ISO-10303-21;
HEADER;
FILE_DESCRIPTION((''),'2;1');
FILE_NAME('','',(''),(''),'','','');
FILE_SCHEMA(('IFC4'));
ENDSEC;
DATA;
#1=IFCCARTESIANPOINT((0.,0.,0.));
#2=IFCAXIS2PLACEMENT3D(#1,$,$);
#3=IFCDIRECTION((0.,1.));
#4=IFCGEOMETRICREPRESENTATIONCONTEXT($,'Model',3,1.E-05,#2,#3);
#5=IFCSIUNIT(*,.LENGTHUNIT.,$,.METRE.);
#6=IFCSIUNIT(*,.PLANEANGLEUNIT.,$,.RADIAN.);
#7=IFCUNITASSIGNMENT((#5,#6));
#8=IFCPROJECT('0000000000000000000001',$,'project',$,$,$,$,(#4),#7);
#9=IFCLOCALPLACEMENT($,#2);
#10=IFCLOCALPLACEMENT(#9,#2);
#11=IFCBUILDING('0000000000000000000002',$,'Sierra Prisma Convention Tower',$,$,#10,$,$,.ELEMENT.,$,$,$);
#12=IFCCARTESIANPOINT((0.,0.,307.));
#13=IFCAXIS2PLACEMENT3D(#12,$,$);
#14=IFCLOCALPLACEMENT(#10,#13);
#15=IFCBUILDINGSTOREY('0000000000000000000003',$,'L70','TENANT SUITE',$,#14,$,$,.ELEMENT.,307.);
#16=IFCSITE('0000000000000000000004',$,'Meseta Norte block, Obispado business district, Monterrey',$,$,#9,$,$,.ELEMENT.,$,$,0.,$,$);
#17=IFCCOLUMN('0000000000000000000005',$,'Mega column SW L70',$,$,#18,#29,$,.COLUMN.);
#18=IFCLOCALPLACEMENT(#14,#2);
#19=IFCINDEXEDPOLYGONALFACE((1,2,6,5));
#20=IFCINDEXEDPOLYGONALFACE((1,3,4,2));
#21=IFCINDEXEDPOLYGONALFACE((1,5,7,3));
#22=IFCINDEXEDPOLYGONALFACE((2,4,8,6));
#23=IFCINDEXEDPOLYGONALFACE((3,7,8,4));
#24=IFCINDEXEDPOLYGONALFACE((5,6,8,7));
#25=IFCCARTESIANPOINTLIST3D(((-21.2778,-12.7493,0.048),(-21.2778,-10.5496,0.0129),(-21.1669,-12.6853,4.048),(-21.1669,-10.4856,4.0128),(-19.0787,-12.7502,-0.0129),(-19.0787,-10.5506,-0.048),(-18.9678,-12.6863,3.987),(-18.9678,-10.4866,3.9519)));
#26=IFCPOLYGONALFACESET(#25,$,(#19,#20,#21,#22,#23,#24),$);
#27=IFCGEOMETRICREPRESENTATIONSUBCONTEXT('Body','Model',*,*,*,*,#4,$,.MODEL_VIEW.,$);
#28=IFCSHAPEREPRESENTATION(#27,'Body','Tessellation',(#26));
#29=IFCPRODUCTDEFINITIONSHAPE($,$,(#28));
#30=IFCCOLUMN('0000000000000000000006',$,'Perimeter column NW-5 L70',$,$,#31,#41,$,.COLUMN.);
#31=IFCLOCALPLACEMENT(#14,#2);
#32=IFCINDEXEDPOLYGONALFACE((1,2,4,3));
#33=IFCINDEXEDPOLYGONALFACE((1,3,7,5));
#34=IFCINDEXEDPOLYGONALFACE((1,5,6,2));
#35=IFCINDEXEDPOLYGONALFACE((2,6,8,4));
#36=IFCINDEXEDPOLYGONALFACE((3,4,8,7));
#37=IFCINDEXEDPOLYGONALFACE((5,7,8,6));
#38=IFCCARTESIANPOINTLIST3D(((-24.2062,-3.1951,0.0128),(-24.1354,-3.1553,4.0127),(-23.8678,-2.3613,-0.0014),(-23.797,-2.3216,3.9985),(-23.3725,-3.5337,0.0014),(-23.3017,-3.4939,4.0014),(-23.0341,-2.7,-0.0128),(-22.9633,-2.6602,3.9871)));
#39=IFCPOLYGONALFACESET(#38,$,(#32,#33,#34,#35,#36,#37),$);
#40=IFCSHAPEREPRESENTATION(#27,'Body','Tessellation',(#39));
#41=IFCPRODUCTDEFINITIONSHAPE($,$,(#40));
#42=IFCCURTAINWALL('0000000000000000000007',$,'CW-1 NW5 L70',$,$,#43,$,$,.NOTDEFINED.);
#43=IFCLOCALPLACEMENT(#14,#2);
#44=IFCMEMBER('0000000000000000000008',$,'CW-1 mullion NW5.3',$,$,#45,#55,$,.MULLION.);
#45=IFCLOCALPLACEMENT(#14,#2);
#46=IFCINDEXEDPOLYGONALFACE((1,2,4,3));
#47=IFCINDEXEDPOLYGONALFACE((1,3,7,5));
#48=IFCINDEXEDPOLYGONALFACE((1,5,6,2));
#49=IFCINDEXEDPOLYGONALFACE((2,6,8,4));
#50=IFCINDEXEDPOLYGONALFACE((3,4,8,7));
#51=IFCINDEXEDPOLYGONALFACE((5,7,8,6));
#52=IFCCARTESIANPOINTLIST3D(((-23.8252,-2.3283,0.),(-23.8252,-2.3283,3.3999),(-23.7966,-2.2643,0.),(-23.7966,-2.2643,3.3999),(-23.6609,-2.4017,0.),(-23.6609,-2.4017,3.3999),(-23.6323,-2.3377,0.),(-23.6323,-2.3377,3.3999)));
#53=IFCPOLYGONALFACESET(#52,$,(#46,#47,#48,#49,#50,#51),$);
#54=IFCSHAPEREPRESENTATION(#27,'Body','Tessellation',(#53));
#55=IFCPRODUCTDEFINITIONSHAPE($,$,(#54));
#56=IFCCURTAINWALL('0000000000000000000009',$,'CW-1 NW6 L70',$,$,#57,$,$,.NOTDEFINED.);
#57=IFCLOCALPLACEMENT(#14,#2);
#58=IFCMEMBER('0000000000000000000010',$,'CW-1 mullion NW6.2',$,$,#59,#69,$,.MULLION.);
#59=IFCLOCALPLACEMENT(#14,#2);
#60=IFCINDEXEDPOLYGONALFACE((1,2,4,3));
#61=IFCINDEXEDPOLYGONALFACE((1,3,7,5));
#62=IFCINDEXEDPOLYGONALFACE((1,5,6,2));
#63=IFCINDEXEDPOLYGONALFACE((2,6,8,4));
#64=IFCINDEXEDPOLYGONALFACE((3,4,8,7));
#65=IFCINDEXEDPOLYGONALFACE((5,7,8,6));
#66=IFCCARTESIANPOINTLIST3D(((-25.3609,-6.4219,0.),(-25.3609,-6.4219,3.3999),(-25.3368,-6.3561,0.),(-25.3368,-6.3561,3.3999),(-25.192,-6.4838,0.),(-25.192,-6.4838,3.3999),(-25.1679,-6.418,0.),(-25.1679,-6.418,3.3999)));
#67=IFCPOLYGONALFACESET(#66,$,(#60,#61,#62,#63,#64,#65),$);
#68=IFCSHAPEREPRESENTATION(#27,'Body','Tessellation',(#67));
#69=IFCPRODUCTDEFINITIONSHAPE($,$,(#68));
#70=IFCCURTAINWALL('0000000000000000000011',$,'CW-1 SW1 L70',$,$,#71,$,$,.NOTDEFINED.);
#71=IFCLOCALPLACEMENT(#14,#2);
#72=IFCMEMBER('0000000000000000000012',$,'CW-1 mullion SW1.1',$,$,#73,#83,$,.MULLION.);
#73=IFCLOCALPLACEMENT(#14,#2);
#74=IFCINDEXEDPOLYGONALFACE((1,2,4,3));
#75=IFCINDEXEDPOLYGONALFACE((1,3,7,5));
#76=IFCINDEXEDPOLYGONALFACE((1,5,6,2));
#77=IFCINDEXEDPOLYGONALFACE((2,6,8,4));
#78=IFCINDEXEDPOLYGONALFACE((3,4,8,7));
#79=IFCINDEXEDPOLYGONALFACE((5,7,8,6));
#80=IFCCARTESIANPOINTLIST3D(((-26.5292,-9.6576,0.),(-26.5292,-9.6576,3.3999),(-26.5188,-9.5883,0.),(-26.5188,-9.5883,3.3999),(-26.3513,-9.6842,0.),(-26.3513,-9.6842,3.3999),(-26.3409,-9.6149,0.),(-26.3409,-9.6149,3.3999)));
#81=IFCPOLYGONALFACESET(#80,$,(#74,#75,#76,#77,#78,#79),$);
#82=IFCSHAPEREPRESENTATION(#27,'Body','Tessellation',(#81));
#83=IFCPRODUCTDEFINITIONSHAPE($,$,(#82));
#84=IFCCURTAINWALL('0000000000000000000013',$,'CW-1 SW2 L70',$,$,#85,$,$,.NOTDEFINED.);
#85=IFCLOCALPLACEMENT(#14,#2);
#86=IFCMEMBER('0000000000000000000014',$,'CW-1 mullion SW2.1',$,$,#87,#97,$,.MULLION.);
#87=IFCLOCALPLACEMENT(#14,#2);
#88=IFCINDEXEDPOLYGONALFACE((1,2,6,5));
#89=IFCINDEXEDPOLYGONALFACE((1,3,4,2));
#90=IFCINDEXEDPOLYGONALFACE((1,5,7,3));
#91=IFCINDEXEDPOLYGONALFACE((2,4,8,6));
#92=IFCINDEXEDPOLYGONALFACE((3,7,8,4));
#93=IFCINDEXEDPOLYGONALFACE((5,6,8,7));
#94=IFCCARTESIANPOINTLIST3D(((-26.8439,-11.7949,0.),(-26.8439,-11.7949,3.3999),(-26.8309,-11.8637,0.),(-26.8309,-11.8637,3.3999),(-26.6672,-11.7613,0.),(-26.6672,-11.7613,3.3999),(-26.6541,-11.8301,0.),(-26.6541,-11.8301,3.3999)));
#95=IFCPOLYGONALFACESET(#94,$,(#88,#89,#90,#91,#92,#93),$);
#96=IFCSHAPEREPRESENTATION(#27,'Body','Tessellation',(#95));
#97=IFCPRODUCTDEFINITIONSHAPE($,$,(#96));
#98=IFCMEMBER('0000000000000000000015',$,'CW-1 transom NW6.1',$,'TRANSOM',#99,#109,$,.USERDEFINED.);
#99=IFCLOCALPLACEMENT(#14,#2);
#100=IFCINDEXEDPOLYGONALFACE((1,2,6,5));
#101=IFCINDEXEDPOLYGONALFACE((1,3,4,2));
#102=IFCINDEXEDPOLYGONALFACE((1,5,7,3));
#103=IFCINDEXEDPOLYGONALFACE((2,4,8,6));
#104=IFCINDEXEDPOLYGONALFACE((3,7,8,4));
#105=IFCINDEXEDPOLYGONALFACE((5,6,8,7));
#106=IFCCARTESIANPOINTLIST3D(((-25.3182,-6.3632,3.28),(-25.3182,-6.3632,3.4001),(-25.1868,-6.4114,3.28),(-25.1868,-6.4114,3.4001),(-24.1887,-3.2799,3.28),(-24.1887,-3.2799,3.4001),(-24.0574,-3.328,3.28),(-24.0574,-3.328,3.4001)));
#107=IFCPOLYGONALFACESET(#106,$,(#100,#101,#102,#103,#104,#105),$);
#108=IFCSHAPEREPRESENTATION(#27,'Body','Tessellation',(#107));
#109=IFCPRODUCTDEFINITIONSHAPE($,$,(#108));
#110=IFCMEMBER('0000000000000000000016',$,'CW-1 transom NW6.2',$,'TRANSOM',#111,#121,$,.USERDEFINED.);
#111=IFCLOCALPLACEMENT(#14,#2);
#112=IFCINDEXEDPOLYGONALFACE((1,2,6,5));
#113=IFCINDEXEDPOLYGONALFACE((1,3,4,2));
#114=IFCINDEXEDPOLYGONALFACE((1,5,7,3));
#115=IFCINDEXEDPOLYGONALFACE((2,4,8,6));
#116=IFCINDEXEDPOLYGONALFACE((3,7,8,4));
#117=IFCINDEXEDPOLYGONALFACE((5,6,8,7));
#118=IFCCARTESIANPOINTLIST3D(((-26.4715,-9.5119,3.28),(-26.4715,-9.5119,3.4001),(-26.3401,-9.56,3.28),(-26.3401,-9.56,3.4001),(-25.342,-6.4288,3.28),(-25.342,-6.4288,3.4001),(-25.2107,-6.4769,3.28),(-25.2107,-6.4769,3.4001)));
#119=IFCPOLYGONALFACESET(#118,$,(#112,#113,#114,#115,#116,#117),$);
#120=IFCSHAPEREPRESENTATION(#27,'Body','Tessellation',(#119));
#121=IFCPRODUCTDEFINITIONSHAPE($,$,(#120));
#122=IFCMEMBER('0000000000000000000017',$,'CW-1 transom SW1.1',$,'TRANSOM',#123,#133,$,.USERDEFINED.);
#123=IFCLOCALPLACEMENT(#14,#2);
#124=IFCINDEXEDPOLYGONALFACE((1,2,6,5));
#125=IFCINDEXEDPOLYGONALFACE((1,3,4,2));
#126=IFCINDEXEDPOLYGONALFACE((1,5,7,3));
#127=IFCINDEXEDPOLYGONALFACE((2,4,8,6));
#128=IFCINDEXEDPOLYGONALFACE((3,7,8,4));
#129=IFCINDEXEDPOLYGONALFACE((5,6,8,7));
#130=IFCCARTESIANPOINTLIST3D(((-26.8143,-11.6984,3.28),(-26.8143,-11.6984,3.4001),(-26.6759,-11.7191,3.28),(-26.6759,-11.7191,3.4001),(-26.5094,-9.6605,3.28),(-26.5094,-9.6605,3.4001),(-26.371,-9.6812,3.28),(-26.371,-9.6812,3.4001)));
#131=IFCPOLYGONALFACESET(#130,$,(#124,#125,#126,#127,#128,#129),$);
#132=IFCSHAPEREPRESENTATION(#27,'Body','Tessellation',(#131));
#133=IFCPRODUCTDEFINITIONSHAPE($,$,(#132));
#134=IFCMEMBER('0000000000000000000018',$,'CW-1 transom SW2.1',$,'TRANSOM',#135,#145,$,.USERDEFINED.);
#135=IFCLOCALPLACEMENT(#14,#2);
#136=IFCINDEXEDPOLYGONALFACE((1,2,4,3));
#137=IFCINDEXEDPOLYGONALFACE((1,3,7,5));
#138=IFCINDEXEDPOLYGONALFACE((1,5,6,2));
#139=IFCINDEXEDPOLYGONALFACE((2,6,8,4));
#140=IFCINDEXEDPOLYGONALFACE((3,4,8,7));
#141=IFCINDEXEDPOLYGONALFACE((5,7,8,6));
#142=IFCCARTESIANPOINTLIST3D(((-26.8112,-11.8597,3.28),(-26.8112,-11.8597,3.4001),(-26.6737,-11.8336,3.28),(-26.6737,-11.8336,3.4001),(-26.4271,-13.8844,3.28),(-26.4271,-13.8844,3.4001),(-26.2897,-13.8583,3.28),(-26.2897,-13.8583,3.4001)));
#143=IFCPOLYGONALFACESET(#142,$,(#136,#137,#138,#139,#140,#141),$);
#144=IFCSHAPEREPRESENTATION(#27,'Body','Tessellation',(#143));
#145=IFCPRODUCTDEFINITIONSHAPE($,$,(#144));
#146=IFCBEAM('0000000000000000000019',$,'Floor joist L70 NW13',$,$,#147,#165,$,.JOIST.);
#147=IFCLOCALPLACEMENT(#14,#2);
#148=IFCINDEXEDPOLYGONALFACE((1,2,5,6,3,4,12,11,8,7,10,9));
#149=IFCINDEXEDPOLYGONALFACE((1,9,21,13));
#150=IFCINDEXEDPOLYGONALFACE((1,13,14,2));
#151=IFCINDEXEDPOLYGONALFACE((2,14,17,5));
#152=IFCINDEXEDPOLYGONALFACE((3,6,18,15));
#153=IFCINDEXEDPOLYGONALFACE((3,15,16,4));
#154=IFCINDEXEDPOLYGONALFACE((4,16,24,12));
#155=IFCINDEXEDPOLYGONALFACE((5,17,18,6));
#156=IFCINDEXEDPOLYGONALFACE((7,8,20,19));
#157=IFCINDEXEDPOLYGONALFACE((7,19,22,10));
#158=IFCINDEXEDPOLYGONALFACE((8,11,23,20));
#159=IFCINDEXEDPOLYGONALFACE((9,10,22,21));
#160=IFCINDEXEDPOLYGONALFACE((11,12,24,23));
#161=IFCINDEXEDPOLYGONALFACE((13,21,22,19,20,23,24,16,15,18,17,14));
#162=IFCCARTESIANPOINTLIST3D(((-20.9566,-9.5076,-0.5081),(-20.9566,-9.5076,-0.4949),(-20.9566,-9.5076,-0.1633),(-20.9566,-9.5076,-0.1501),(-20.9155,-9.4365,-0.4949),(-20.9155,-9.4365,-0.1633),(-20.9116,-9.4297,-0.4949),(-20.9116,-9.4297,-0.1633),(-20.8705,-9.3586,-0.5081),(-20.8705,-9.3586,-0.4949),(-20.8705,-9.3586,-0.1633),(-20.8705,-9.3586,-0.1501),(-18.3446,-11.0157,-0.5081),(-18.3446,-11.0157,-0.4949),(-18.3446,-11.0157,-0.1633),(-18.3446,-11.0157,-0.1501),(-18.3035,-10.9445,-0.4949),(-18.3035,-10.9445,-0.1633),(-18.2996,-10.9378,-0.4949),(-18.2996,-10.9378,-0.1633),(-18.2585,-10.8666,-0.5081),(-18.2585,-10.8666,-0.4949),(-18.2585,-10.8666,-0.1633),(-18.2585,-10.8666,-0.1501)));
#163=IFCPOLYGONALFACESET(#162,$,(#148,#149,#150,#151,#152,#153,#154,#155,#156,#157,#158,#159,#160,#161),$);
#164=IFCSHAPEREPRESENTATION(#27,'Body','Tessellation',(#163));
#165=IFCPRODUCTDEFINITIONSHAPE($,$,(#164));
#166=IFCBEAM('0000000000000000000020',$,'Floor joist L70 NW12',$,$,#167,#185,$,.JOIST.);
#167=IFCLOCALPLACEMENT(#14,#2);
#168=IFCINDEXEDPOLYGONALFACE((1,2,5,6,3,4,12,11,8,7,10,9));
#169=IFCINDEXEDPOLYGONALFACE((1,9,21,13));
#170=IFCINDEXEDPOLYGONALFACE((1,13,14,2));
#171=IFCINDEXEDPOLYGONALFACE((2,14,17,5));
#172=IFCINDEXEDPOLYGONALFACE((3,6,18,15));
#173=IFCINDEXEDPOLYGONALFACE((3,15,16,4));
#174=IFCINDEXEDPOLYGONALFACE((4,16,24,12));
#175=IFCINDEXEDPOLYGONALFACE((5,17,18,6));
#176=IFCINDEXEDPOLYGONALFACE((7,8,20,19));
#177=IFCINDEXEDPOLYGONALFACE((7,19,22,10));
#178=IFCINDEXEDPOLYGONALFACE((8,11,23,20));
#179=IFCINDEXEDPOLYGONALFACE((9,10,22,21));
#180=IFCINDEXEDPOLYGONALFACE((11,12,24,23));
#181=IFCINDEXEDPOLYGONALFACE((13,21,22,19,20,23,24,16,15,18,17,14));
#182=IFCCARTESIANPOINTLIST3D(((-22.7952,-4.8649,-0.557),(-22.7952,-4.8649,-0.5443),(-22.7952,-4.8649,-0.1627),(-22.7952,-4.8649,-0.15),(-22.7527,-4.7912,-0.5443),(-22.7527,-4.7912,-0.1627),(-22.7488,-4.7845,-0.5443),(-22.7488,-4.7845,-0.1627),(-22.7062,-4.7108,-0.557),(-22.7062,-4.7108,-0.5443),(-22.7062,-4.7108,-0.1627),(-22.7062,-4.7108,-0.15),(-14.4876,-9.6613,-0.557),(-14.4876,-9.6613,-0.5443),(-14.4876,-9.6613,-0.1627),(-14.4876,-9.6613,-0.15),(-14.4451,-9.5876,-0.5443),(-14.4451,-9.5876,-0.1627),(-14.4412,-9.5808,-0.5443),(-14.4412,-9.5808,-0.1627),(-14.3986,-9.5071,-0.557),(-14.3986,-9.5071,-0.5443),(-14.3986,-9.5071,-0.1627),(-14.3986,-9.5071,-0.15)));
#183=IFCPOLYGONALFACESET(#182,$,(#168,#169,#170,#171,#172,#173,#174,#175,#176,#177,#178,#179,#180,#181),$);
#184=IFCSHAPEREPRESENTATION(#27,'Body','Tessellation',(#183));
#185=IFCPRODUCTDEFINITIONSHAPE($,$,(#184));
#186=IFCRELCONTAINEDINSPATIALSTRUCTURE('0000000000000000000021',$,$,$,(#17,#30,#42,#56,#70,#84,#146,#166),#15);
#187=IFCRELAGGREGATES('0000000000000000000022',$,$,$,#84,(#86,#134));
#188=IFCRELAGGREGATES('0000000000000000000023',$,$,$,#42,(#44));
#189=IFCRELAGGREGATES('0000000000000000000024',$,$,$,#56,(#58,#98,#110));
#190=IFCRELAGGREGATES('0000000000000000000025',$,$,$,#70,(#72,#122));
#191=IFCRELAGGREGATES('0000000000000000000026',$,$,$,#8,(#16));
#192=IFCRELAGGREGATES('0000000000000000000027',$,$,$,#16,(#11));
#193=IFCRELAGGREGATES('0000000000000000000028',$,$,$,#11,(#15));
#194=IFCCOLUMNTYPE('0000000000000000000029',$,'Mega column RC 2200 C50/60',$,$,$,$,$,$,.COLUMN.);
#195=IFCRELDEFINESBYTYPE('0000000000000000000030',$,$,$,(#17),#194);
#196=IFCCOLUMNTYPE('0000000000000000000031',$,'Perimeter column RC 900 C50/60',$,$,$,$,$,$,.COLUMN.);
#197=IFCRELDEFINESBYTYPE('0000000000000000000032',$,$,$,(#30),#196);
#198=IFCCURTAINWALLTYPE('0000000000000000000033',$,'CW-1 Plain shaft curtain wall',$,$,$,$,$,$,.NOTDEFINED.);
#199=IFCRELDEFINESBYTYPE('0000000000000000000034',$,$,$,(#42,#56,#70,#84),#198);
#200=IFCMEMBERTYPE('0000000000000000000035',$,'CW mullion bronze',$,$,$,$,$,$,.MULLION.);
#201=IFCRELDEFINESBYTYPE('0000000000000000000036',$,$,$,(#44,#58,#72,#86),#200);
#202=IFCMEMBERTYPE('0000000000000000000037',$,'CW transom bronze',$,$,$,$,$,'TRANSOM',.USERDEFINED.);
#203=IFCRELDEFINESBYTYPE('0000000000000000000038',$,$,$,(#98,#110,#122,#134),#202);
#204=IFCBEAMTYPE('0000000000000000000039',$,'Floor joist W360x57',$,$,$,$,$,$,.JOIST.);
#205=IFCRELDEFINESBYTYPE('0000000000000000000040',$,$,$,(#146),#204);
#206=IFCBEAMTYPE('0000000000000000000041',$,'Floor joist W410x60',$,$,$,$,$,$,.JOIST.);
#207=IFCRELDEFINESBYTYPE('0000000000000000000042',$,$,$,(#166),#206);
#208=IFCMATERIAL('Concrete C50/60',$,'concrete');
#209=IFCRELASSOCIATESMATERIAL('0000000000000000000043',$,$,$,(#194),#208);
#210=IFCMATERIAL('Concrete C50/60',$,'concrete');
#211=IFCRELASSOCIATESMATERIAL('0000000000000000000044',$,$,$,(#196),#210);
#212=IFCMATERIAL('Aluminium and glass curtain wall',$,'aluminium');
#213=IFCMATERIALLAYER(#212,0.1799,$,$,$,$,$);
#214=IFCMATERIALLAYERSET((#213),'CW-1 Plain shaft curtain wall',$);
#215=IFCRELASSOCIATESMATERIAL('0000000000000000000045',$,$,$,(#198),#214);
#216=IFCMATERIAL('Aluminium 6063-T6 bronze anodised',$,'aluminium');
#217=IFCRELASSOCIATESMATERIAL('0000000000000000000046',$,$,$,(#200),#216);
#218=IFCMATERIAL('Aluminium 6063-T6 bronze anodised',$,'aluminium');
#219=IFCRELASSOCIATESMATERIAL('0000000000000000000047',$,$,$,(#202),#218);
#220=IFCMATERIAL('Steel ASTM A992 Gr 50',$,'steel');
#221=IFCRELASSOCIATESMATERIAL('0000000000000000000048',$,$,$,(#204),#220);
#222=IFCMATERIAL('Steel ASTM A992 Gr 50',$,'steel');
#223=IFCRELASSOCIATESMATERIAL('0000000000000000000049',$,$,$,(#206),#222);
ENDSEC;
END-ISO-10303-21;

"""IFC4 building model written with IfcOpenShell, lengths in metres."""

from ifc_helpers import new_model, si_unit, direction, frame, origin, origin_2d, place, context, subcontext, project, spatial, rectangle, i_section, extrude, material, layer, layer_set, material_profile, profile_set, type_object, element, aggregate, save


model = new_model("IFC4")

# Units and contexts
model_context = context("Model", 3, precision=1e-05, world=origin(), true_north=direction((0.0, 1.0)))
body_context = subcontext(model_context, "Body", "Model", "MODEL_VIEW")
ifc_project = project(units=[si_unit("LENGTHUNIT", "METRE"), si_unit("PLANEANGLEUNIT", "RADIAN")], contexts=[model_context])

# Site, building, storey
site_placement = place(None, origin())
site = spatial("IfcSite", under=ifc_project, at=site_placement, Name="Meseta Norte block, Obispado business district, Monterrey", CompositionType="ELEMENT", RefElevation=0.0)
building_placement = place(site_placement, origin())
building = spatial("IfcBuilding", under=site, at=building_placement, Name="Sierra Prisma Convention Tower", CompositionType="ELEMENT")
storey_placement = place(building_placement, frame((0.0, 0.0, 307.0)))
storey = spatial("IfcBuildingStorey", under=building, at=storey_placement, Name="L70", Description="TENANT SUITE", CompositionType="ELEMENT", Elevation=307.0)

# Columns
ifc_material_1 = material(Name="Concrete C50/60", Category="concrete")
ifc_material_profile_1 = material_profile(ifc_material_1, rectangle(XDim=2.2, YDim=2.2, at=origin_2d()), Name="Mega column RC 2200 C50/60")
ifc_profile_set_1 = profile_set([ifc_material_profile_1], Name="Concrete C50/60")
column_type_1 = type_object("IfcColumnType", Name="Mega column RC 2200 C50/60", PredefinedType="COLUMN", material=ifc_profile_set_1)
column_1_placement = place(storey_placement, frame((-20.1782, -11.6499, 0.0), z_axis=(0.027696, 0.015983, 0.999489), x_axis=(0.999616, -0.000443, -0.027692)))
element("IfcColumn", 1, at=column_1_placement, inside=storey, type_object=column_type_1, Name="Mega column SW L70", PredefinedType="COLUMN", context=body_context, shape_type="SweptSolid", body=[
    extrude(rectangle(XDim=2.2, YDim=2.2, at=origin_2d()), origin(), (0.0, 0.0, 1.0), 4.002),
])
ifc_material_2 = material(Name="Concrete C50/60", Category="concrete")
ifc_material_profile_2 = material_profile(ifc_material_2, rectangle(XDim=0.8999, YDim=0.8999, at=origin_2d()), Name="Perimeter column RC 900 C50/60")
ifc_profile_set_2 = profile_set([ifc_material_profile_2], Name="Concrete C50/60")
column_type_2 = type_object("IfcColumnType", Name="Perimeter column RC 900 C50/60", PredefinedType="COLUMN", material=ifc_profile_set_2)
column_2_placement = place(storey_placement, frame((-23.6201, -2.9475, 0.0), z_axis=(0.017697, 0.009947, 0.999794), x_axis=(0.376065, 0.926457, -0.015873)))
element("IfcColumn", 2, at=column_2_placement, inside=storey, type_object=column_type_2, Name="Perimeter column NW-5 L70", PredefinedType="COLUMN", context=body_context, shape_type="SweptSolid", body=[
    extrude(rectangle(XDim=0.8999, YDim=0.8999, at=origin_2d()), origin(), (0.0, 0.0, 1.0), 4.0007),
])

# Curtain walls, members
ifc_material_3 = material(Name="Aluminium and glass curtain wall", Category="aluminium")
ifc_layer_1 = layer(ifc_material_3, 0.1799)
ifc_layer_set_1 = layer_set([ifc_layer_1], Name="CW-1 Plain shaft curtain wall")
curtain_wall_type = type_object("IfcCurtainWallType", Name="CW-1 Plain shaft curtain wall", PredefinedType="NOTDEFINED", material=ifc_layer_set_1)
curtain_wall_1_placement = place(storey_placement, origin())
curtain_wall_1 = element("IfcCurtainWall", 3, at=curtain_wall_1_placement, inside=storey, type_object=curtain_wall_type, Name="CW-1 NW5 L70", PredefinedType="NOTDEFINED")
ifc_material_4 = material(Name="Aluminium 6063-T6 bronze anodised", Category="aluminium")
ifc_material_profile_3 = material_profile(ifc_material_4, rectangle(XDim=0.1799, YDim=0.0701, at=origin_2d()), Name="ALU MULLION 70x180")
ifc_profile_set_3 = profile_set([ifc_material_profile_3], Name="Aluminium 6063-T6 bronze anodised")
member_type_1 = type_object("IfcMemberType", Name="CW mullion bronze", PredefinedType="MULLION", material=ifc_profile_set_3)
member_1_placement = place(storey_placement, frame((-23.7288, -2.333, 0.0), z_axis=(0.0, 0.0, 1.0), x_axis=(0.913045, -0.407858, 0.0)))
member_1 = element("IfcMember", 4, at=member_1_placement, type_object=member_type_1, Name="CW-1 mullion NW5.3", PredefinedType="MULLION", context=body_context, shape_type="SweptSolid", body=[
    extrude(rectangle(XDim=0.1799, YDim=0.0701, at=origin_2d()), origin(), (0.0, 0.0, 1.0), 3.3999),
])
curtain_wall_2_placement = place(storey_placement, origin())
curtain_wall_2 = element("IfcCurtainWall", 5, at=curtain_wall_2_placement, inside=storey, type_object=curtain_wall_type, Name="CW-1 NW6 L70", PredefinedType="NOTDEFINED")
member_2_placement = place(storey_placement, frame((-25.2644, -6.4199, 0.0), z_axis=(0.0, 0.0, 1.0), x_axis=(0.938991, -0.343942, 0.0)))
member_2 = element("IfcMember", 6, at=member_2_placement, type_object=member_type_1, Name="CW-1 mullion NW6.2", PredefinedType="MULLION", context=body_context, shape_type="SweptSolid", body=[
    extrude(rectangle(XDim=0.1799, YDim=0.0701, at=origin_2d()), origin(), (0.0, 0.0, 1.0), 3.3999),
])
curtain_wall_3_placement = place(storey_placement, origin())
curtain_wall_3 = element("IfcCurtainWall", 7, at=curtain_wall_3_placement, inside=storey, type_object=curtain_wall_type, Name="CW-1 SW1 L70", PredefinedType="NOTDEFINED")
member_3_placement = place(storey_placement, frame((-26.4351, -9.6362, 0.0), z_axis=(0.0, 0.0, 1.0), x_axis=(0.988984, -0.148026, 0.0)))
member_3 = element("IfcMember", 8, at=member_3_placement, type_object=member_type_1, Name="CW-1 mullion SW1.1", PredefinedType="MULLION", context=body_context, shape_type="SweptSolid", body=[
    extrude(rectangle(XDim=0.1799, YDim=0.0701, at=origin_2d()), origin(), (0.0, 0.0, 1.0), 3.3999),
])
curtain_wall_4_placement = place(storey_placement, origin())
curtain_wall_4 = element("IfcCurtainWall", 9, at=curtain_wall_4_placement, inside=storey, type_object=curtain_wall_type, Name="CW-1 SW2 L70", PredefinedType="NOTDEFINED")
member_4_placement = place(storey_placement, frame((-26.749, -11.8125, 0.0), z_axis=(0.0, 0.0, 1.0), x_axis=(0.982471, 0.186417, 0.0)))
member_4 = element("IfcMember", 10, at=member_4_placement, type_object=member_type_1, Name="CW-1 mullion SW2.1", PredefinedType="MULLION", context=body_context, shape_type="SweptSolid", body=[
    extrude(rectangle(XDim=0.1799, YDim=0.0701, at=origin_2d()), origin(), (0.0, 0.0, 1.0), 3.3999),
])

# Members
ifc_material_5 = material(Name="Aluminium 6063-T6 bronze anodised", Category="aluminium")
ifc_material_profile_4 = material_profile(ifc_material_5, rectangle(XDim=0.1399, YDim=0.1201, at=origin_2d()), Name="ALU TRANSOM 120x140")
ifc_profile_set_4 = profile_set([ifc_material_profile_4], Name="Aluminium 6063-T6 bronze anodised")
member_type_2 = type_object("IfcMemberType", Name="CW transom bronze", ElementType="TRANSOM", PredefinedType="USERDEFINED", material=ifc_profile_set_4)
member_5_placement = place(storey_placement, frame((-24.123, -3.304, 3.3401), z_axis=(-0.343951, -0.938988, 0.0), x_axis=(0.938988, -0.343951, 0.0)))
member_5 = element("IfcMember", 11, at=member_5_placement, type_object=member_type_2, Name="CW-1 transom NW6.1", ObjectType="TRANSOM", PredefinedType="USERDEFINED", context=body_context, shape_type="SweptSolid", body=[
    extrude(rectangle(XDim=0.1399, YDim=0.1201, at=origin_2d()), origin(), (0.0, 0.0, 1.0), 3.2837),
])
member_6_placement = place(storey_placement, frame((-25.2764, -6.4529, 3.3401), z_axis=(-0.343975, -0.938979, 0.0), x_axis=(0.938979, -0.343975, 0.0)))
member_6 = element("IfcMember", 12, at=member_6_placement, type_object=member_type_2, Name="CW-1 transom NW6.2", ObjectType="TRANSOM", PredefinedType="USERDEFINED", context=body_context, shape_type="SweptSolid", body=[
    extrude(rectangle(XDim=0.1399, YDim=0.1201, at=origin_2d()), origin(), (0.0, 0.0, 1.0), 3.2834),
])
member_7_placement = place(storey_placement, frame((-26.4402, -9.6709, 3.3401), z_axis=(-0.147987, -0.988989, 0.0), x_axis=(0.988989, -0.147987, 0.0)))
member_7 = element("IfcMember", 13, at=member_7_placement, type_object=member_type_2, Name="CW-1 transom SW1.1", ObjectType="TRANSOM", PredefinedType="USERDEFINED", context=body_context, shape_type="SweptSolid", body=[
    extrude(rectangle(XDim=0.1399, YDim=0.1201, at=origin_2d()), origin(), (0.0, 0.0, 1.0), 2.0605),
])
member_8_placement = place(storey_placement, frame((-26.7424, -11.8467, 3.3401), z_axis=(0.186355, -0.982482, 0.0), x_axis=(0.982482, 0.186355, 0.0)))
member_8 = element("IfcMember", 14, at=member_8_placement, type_object=member_type_2, Name="CW-1 transom SW2.1", ObjectType="TRANSOM", PredefinedType="USERDEFINED", context=body_context, shape_type="SweptSolid", body=[
    extrude(rectangle(XDim=0.1399, YDim=0.1201, at=origin_2d()), origin(), (0.0, 0.0, 1.0), 2.0608),
])
aggregate(curtain_wall_4, [member_4, member_8])

# Beams
ifc_material_6 = material(Name="Steel ASTM A992 Gr 50", Category="steel")
ifc_material_profile_5 = material_profile(ifc_material_6, i_section(OverallWidth=0.1721, OverallDepth=0.3579, WebThickness=0.0078, FlangeThickness=0.0132, at=origin_2d()), Name="W360x57")
ifc_profile_set_5 = profile_set([ifc_material_profile_5], Name="Steel ASTM A992 Gr 50")
beam_type_1 = type_object("IfcBeamType", Name="Floor joist W360x57", PredefinedType="JOIST", material=ifc_profile_set_5)
beam_1_placement = place(storey_placement, frame((-20.9136, -9.4331, -0.3291), z_axis=(0.866028, -0.499996, 0.0), x_axis=(0.499996, 0.866028, 0.0)))
element("IfcBeam", 15, at=beam_1_placement, inside=storey, type_object=beam_type_1, Name="Floor joist L70 NW13", PredefinedType="JOIST", context=body_context, shape_type="SweptSolid", body=[
    extrude(i_section(OverallWidth=0.1721, OverallDepth=0.3579, WebThickness=0.0078, FlangeThickness=0.0132, at=origin_2d()), origin(), (0.0, 0.0, 1.0), 3.0161),
])
ifc_material_7 = material(Name="Steel ASTM A992 Gr 50", Category="steel")
ifc_material_profile_6 = material_profile(ifc_material_7, i_section(OverallWidth=0.178, OverallDepth=0.407, WebThickness=0.0078, FlangeThickness=0.0127, at=origin_2d()), Name="W410x60")
ifc_profile_set_6 = profile_set([ifc_material_profile_6], Name="Steel ASTM A992 Gr 50")
beam_type_2 = type_object("IfcBeamType", Name="Floor joist W410x60", PredefinedType="JOIST", material=ifc_profile_set_6)
beam_2_placement = place(storey_placement, frame((-22.7507, -4.7878, -0.3535), z_axis=(0.866026, -0.499999, 0.0), x_axis=(0.499999, 0.866026, 0.0)))
element("IfcBeam", 16, at=beam_2_placement, inside=storey, type_object=beam_type_2, Name="Floor joist L70 NW12", PredefinedType="JOIST", context=body_context, shape_type="SweptSolid", body=[
    extrude(i_section(OverallWidth=0.178, OverallDepth=0.407, WebThickness=0.0078, FlangeThickness=0.0127, at=origin_2d()), origin(), (0.0, 0.0, 1.0), 9.5928),
])

aggregate(curtain_wall_1, [member_1])
aggregate(curtain_wall_2, [member_2, member_5, member_6])
aggregate(curtain_wall_3, [member_3, member_7])

save(model, "model.ifc")
